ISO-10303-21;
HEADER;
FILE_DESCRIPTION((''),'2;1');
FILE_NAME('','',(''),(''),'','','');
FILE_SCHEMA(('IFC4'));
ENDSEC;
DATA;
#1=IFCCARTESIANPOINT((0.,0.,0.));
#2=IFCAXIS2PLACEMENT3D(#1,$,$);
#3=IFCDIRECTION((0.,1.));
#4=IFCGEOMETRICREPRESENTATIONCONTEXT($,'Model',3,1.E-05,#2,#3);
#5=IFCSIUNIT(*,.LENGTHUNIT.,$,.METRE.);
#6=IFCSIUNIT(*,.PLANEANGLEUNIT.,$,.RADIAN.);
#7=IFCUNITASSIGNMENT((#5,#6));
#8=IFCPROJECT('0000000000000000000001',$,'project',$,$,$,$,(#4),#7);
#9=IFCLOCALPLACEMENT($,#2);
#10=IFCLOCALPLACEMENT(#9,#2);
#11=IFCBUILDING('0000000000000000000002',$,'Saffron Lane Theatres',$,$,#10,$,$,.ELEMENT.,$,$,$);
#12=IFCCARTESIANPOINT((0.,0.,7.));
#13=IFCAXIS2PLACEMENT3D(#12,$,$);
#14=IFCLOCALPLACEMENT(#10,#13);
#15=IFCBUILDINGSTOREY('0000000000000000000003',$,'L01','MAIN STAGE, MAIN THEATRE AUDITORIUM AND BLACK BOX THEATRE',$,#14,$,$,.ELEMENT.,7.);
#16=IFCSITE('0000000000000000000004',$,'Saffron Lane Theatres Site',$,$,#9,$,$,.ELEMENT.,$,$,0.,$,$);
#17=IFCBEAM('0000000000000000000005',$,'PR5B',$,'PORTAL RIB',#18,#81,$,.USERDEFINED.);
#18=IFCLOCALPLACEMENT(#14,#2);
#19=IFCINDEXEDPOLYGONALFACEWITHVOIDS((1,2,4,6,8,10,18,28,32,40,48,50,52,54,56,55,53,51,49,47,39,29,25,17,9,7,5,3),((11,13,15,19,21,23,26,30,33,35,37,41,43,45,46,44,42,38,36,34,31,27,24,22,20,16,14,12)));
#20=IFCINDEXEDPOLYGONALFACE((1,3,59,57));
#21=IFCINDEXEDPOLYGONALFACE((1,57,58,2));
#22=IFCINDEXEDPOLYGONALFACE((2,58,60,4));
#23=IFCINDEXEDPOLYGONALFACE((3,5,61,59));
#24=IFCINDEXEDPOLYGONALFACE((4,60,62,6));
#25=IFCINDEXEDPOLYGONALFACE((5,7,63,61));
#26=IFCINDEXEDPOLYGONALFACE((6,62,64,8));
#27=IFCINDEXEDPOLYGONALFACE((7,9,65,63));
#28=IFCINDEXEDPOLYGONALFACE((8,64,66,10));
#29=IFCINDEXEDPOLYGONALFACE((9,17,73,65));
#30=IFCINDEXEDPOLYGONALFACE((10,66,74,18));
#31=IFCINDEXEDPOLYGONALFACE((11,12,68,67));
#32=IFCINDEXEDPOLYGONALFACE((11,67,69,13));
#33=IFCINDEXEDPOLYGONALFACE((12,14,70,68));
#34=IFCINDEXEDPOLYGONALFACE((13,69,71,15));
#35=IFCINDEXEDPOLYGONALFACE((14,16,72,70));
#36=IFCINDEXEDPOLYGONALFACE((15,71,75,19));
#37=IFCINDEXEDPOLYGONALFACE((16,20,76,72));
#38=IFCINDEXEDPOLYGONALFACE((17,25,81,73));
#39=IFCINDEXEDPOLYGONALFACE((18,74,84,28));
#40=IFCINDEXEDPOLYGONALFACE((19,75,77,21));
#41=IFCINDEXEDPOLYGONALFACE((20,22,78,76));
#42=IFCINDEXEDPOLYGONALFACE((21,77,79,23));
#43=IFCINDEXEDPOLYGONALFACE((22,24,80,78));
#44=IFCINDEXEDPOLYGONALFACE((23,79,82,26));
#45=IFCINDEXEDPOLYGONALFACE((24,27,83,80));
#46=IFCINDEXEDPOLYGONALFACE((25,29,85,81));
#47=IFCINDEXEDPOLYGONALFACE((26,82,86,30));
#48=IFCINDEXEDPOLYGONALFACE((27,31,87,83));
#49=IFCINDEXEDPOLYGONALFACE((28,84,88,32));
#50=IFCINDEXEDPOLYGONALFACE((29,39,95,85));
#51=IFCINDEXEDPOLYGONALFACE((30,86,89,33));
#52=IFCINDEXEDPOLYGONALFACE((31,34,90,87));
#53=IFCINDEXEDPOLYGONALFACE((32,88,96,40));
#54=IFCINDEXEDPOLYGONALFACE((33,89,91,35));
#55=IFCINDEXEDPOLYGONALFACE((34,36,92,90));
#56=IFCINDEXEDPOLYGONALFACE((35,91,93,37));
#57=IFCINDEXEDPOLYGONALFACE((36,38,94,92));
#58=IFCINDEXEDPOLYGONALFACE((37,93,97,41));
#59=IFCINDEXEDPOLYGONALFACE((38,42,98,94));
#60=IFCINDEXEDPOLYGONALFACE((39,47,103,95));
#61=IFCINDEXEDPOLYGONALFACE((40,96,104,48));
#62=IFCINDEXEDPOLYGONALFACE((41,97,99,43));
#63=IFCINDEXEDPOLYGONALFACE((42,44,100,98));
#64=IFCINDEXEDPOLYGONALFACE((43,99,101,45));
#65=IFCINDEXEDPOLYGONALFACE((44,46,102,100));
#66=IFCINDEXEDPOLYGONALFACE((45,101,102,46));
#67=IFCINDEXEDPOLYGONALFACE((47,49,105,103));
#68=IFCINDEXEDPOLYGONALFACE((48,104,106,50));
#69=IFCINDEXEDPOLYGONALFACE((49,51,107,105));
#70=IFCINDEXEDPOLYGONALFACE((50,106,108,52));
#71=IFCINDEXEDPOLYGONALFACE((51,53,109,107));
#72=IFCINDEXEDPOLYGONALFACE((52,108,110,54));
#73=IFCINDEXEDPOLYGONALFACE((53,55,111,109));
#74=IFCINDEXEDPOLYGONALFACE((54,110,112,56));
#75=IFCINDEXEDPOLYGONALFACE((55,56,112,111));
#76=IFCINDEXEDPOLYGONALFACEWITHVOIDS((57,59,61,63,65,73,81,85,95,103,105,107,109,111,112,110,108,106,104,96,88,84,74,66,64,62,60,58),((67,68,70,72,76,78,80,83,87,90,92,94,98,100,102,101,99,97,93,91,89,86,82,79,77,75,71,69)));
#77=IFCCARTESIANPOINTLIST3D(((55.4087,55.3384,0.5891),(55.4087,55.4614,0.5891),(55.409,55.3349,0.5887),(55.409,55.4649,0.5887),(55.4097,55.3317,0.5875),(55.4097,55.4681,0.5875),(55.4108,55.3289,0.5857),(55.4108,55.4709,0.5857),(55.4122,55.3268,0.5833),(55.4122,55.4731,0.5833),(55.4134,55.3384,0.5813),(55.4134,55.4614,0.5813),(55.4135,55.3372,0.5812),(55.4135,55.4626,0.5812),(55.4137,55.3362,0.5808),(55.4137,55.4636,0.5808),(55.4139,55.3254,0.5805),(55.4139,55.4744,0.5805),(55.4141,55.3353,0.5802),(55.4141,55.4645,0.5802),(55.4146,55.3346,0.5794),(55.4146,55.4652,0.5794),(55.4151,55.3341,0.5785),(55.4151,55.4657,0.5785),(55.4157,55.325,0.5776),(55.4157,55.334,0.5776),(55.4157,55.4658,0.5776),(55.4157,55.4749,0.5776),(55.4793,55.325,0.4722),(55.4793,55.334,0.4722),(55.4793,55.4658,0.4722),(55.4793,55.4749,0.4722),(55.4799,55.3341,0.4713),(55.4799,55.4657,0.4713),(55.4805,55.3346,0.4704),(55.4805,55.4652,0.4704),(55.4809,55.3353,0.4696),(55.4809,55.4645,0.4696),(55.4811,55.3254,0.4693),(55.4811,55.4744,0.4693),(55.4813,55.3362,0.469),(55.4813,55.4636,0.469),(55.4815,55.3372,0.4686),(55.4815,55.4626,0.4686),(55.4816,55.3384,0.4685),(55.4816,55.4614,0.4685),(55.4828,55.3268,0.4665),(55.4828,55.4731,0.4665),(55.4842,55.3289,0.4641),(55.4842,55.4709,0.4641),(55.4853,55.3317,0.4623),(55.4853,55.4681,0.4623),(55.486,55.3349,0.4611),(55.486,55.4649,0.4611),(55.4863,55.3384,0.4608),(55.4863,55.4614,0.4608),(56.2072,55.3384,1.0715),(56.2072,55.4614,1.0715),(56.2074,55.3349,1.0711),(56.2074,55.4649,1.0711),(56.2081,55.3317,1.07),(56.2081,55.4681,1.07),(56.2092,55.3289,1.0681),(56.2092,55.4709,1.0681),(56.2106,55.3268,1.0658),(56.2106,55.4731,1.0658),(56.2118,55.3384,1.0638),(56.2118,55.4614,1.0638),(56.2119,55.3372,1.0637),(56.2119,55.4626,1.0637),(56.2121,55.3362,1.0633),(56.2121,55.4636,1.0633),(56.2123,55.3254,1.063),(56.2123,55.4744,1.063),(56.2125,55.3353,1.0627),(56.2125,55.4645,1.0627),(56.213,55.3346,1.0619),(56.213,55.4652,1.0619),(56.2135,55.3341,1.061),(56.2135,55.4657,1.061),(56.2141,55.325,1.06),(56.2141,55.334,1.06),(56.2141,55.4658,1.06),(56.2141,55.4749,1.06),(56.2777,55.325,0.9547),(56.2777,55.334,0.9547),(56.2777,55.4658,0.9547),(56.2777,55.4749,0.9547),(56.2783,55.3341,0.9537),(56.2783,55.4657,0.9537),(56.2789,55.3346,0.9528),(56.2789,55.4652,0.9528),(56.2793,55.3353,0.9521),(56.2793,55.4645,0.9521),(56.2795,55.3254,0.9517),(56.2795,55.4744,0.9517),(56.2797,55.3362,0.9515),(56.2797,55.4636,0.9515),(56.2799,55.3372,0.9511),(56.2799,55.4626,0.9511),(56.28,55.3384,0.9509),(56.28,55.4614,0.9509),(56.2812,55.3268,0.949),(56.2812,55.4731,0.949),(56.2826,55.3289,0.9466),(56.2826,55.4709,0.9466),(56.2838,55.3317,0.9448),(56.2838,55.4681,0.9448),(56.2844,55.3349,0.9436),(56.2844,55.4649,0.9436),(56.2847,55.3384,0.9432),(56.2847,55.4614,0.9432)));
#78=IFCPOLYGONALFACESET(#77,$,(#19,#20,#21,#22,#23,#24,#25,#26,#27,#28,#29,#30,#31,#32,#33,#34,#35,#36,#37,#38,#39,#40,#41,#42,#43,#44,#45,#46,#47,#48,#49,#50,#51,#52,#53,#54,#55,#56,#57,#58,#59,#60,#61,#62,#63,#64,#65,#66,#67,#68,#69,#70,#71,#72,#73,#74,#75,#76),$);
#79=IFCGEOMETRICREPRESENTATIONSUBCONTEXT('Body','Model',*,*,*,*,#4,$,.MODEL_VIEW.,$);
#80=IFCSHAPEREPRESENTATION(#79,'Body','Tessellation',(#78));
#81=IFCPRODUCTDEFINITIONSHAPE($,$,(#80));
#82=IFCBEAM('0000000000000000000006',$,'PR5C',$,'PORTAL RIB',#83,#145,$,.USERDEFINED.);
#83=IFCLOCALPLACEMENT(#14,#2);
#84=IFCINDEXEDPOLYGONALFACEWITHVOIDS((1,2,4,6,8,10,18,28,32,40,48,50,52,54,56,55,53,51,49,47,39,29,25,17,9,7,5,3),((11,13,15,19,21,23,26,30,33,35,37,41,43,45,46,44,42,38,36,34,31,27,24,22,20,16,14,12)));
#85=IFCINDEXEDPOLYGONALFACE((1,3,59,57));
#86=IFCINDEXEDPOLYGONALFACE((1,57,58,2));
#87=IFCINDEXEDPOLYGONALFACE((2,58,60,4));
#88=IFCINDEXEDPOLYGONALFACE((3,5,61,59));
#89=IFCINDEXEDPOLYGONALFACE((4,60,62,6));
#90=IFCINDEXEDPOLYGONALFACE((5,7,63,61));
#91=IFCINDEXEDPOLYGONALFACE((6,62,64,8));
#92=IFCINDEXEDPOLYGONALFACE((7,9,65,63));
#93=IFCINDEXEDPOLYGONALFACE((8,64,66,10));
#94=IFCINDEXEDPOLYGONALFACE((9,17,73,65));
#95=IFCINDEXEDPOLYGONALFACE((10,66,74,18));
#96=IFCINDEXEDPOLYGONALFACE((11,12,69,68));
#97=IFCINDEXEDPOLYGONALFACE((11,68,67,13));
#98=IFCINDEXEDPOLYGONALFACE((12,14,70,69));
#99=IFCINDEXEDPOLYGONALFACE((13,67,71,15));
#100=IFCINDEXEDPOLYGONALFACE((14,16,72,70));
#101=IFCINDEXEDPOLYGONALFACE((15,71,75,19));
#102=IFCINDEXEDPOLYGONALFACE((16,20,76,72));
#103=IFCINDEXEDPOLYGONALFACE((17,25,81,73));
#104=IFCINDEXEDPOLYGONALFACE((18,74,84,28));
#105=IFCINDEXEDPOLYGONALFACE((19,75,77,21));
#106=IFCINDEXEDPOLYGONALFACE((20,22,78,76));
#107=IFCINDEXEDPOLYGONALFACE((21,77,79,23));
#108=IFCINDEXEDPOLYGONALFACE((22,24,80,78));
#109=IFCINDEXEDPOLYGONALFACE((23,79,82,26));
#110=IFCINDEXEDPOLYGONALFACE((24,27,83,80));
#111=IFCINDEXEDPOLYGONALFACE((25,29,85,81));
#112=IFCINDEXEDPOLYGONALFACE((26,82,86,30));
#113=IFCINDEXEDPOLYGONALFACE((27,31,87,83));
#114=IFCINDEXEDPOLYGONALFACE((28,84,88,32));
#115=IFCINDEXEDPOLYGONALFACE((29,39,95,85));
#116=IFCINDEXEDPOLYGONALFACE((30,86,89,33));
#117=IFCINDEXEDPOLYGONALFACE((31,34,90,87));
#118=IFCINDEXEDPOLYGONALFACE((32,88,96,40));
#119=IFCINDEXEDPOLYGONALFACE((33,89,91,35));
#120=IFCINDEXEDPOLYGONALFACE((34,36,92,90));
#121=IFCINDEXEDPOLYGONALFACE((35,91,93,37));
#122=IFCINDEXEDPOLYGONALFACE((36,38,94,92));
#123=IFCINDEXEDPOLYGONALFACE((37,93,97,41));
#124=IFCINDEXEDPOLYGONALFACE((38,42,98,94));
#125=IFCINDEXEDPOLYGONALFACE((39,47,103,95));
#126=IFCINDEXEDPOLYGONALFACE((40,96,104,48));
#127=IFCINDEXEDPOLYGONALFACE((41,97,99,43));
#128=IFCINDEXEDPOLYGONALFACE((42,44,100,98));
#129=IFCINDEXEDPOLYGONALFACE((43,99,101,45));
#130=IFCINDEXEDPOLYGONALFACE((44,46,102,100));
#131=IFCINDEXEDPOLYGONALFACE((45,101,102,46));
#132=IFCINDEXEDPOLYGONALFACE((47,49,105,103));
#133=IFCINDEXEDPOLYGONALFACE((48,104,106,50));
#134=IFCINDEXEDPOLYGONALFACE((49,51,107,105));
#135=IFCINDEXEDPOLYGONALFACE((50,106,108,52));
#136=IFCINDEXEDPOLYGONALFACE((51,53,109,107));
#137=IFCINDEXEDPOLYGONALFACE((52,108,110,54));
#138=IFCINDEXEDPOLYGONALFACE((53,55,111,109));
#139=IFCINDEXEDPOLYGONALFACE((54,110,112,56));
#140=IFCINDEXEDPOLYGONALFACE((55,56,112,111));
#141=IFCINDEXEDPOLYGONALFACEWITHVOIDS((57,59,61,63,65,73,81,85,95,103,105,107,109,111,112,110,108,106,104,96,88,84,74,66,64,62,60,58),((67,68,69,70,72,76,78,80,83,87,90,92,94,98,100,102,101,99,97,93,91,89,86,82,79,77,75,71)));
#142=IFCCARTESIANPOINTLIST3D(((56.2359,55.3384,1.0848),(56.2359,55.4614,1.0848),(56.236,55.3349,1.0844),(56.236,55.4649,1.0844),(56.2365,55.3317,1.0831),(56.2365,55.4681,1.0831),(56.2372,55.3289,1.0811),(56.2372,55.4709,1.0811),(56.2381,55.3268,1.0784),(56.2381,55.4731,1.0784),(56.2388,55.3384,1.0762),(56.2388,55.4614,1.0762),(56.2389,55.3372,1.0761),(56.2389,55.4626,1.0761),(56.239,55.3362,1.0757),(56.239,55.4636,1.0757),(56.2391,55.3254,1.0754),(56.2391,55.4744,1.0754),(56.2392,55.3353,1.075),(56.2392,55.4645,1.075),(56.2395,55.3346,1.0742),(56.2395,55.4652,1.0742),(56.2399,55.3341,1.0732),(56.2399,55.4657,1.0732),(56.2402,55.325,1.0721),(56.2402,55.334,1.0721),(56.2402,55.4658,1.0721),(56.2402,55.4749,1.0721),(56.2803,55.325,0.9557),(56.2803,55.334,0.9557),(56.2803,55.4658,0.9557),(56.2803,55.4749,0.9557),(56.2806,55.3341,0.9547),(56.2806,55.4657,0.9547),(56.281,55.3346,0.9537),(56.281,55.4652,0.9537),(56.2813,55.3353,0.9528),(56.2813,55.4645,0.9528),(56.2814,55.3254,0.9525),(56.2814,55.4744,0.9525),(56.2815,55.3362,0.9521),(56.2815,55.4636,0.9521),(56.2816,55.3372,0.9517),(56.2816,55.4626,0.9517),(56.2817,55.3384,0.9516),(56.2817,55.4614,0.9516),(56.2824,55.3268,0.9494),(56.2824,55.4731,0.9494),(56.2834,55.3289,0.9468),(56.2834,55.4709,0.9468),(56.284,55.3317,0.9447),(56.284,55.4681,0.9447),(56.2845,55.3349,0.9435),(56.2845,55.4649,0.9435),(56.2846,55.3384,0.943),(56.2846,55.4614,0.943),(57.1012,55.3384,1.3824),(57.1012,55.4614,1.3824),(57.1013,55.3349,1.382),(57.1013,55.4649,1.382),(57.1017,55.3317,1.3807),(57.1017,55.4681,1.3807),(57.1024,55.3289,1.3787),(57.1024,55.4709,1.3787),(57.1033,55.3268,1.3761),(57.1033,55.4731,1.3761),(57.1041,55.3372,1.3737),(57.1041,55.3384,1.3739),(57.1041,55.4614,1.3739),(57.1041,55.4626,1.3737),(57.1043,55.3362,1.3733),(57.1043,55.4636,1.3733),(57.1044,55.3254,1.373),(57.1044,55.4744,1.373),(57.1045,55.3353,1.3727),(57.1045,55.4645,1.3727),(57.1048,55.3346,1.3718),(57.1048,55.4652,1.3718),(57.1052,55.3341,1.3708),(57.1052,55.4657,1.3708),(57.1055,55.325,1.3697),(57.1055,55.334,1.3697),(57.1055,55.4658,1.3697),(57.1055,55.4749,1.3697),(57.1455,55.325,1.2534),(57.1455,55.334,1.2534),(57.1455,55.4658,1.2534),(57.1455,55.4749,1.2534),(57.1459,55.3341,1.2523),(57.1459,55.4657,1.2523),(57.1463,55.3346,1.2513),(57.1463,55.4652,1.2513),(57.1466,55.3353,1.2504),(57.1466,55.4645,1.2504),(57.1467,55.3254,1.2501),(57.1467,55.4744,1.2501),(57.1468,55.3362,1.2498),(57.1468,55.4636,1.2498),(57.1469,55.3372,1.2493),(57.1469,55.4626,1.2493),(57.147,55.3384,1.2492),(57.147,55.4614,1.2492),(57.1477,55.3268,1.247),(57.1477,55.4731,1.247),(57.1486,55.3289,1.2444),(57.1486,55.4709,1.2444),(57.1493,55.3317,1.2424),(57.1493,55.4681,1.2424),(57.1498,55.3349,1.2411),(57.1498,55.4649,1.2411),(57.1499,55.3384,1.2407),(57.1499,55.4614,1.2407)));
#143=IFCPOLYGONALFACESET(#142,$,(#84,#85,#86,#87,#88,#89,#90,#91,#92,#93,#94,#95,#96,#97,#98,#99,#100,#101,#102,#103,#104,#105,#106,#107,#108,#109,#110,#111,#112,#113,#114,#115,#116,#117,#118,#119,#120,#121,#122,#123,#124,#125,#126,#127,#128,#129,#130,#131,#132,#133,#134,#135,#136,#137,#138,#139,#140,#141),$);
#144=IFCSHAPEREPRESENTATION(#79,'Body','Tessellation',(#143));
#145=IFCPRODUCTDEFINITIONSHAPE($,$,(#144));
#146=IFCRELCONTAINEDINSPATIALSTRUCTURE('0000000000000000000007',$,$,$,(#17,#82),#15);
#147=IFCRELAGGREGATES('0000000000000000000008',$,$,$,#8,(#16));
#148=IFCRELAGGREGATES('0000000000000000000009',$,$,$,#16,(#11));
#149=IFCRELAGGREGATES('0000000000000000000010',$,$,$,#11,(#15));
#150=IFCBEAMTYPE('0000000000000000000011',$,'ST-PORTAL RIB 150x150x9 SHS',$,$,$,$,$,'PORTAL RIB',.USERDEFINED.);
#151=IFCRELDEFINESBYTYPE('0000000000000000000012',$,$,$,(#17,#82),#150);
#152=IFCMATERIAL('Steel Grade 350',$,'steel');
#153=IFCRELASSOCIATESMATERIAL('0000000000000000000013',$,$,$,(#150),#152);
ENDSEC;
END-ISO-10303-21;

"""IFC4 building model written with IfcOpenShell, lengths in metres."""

from ifc_helpers import new_model, si_unit, direction, frame, origin, origin_2d, place, context, subcontext, project, spatial, hollow_rectangle, extrude, material, material_profile, profile_set, type_object, element, save


model = new_model("IFC4")

# Units and contexts
model_context = context("Model", 3, precision=1e-05, world=origin(), true_north=direction((0.0, 1.0)))
body_context = subcontext(model_context, "Body", "Model", "MODEL_VIEW")
ifc_project = project(units=[si_unit("LENGTHUNIT", "METRE"), si_unit("PLANEANGLEUNIT", "RADIAN")], contexts=[model_context])

# Site, building, storey
site_placement = place(None, origin())
site = spatial("IfcSite", under=ifc_project, at=site_placement, Name="Saffron Lane Theatres Site", CompositionType="ELEMENT", RefElevation=0.0)
building_placement = place(site_placement, origin())
building = spatial("IfcBuilding", under=site, at=building_placement, Name="Saffron Lane Theatres", CompositionType="ELEMENT")
storey_placement = place(building_placement, frame((0.0, 0.0, 7.0)))
storey = spatial("IfcBuildingStorey", under=building, at=storey_placement, Name="L01", Description="MAIN STAGE, MAIN THEATRE AUDITORIUM AND BLACK BOX THEATRE", CompositionType="ELEMENT", Elevation=7.0)

# Beams
ifc_material_1 = material(Name="Steel Grade 350", Category="steel")
ifc_material_profile_1 = material_profile(ifc_material_1, hollow_rectangle(XDim=0.1499, YDim=0.1499, WallThickness=0.009, InnerFilletRadius=0.0044, OuterFilletRadius=0.0134, at=origin_2d()))
ifc_profile_set_1 = profile_set([ifc_material_profile_1], Name="Steel Grade 350")
beam_type = type_object("IfcBeamType", Name="ST-PORTAL RIB 150x150x9 SHS", ElementType="PORTAL RIB", PredefinedType="USERDEFINED", material=ifc_profile_set_1)
beam_1_placement = place(storey_placement, frame((55.4475, 55.3999, 0.5249), z_axis=(0.855872, 0.0, 0.517188), x_axis=(0.0, 1.0, 0.0)))
element("IfcBeam", 1, at=beam_1_placement, inside=storey, type_object=beam_type, Name="PR5B", ObjectType="PORTAL RIB", PredefinedType="USERDEFINED", context=body_context, shape_type="SweptSolid", body=[
    extrude(hollow_rectangle(XDim=0.1499, YDim=0.1499, WallThickness=0.009, InnerFilletRadius=0.0044, OuterFilletRadius=0.0134, at=origin_2d()), origin(), (0.0, 0.0, 1.0), 0.9329),
])
beam_2_placement = place(storey_placement, frame((56.2603, 55.3999, 1.0139), z_axis=(0.945625, 0.0, 0.325259), x_axis=(0.0, 1.0, 0.0)))
element("IfcBeam", 2, at=beam_2_placement, inside=storey, type_object=beam_type, Name="PR5C", ObjectType="PORTAL RIB", PredefinedType="USERDEFINED", context=body_context, shape_type="SweptSolid", body=[
    extrude(hollow_rectangle(XDim=0.1499, YDim=0.1499, WallThickness=0.009, InnerFilletRadius=0.0044, OuterFilletRadius=0.0134, at=origin_2d()), origin(), (0.0, 0.0, 1.0), 0.915),
])

save(model, "model.ifc")
